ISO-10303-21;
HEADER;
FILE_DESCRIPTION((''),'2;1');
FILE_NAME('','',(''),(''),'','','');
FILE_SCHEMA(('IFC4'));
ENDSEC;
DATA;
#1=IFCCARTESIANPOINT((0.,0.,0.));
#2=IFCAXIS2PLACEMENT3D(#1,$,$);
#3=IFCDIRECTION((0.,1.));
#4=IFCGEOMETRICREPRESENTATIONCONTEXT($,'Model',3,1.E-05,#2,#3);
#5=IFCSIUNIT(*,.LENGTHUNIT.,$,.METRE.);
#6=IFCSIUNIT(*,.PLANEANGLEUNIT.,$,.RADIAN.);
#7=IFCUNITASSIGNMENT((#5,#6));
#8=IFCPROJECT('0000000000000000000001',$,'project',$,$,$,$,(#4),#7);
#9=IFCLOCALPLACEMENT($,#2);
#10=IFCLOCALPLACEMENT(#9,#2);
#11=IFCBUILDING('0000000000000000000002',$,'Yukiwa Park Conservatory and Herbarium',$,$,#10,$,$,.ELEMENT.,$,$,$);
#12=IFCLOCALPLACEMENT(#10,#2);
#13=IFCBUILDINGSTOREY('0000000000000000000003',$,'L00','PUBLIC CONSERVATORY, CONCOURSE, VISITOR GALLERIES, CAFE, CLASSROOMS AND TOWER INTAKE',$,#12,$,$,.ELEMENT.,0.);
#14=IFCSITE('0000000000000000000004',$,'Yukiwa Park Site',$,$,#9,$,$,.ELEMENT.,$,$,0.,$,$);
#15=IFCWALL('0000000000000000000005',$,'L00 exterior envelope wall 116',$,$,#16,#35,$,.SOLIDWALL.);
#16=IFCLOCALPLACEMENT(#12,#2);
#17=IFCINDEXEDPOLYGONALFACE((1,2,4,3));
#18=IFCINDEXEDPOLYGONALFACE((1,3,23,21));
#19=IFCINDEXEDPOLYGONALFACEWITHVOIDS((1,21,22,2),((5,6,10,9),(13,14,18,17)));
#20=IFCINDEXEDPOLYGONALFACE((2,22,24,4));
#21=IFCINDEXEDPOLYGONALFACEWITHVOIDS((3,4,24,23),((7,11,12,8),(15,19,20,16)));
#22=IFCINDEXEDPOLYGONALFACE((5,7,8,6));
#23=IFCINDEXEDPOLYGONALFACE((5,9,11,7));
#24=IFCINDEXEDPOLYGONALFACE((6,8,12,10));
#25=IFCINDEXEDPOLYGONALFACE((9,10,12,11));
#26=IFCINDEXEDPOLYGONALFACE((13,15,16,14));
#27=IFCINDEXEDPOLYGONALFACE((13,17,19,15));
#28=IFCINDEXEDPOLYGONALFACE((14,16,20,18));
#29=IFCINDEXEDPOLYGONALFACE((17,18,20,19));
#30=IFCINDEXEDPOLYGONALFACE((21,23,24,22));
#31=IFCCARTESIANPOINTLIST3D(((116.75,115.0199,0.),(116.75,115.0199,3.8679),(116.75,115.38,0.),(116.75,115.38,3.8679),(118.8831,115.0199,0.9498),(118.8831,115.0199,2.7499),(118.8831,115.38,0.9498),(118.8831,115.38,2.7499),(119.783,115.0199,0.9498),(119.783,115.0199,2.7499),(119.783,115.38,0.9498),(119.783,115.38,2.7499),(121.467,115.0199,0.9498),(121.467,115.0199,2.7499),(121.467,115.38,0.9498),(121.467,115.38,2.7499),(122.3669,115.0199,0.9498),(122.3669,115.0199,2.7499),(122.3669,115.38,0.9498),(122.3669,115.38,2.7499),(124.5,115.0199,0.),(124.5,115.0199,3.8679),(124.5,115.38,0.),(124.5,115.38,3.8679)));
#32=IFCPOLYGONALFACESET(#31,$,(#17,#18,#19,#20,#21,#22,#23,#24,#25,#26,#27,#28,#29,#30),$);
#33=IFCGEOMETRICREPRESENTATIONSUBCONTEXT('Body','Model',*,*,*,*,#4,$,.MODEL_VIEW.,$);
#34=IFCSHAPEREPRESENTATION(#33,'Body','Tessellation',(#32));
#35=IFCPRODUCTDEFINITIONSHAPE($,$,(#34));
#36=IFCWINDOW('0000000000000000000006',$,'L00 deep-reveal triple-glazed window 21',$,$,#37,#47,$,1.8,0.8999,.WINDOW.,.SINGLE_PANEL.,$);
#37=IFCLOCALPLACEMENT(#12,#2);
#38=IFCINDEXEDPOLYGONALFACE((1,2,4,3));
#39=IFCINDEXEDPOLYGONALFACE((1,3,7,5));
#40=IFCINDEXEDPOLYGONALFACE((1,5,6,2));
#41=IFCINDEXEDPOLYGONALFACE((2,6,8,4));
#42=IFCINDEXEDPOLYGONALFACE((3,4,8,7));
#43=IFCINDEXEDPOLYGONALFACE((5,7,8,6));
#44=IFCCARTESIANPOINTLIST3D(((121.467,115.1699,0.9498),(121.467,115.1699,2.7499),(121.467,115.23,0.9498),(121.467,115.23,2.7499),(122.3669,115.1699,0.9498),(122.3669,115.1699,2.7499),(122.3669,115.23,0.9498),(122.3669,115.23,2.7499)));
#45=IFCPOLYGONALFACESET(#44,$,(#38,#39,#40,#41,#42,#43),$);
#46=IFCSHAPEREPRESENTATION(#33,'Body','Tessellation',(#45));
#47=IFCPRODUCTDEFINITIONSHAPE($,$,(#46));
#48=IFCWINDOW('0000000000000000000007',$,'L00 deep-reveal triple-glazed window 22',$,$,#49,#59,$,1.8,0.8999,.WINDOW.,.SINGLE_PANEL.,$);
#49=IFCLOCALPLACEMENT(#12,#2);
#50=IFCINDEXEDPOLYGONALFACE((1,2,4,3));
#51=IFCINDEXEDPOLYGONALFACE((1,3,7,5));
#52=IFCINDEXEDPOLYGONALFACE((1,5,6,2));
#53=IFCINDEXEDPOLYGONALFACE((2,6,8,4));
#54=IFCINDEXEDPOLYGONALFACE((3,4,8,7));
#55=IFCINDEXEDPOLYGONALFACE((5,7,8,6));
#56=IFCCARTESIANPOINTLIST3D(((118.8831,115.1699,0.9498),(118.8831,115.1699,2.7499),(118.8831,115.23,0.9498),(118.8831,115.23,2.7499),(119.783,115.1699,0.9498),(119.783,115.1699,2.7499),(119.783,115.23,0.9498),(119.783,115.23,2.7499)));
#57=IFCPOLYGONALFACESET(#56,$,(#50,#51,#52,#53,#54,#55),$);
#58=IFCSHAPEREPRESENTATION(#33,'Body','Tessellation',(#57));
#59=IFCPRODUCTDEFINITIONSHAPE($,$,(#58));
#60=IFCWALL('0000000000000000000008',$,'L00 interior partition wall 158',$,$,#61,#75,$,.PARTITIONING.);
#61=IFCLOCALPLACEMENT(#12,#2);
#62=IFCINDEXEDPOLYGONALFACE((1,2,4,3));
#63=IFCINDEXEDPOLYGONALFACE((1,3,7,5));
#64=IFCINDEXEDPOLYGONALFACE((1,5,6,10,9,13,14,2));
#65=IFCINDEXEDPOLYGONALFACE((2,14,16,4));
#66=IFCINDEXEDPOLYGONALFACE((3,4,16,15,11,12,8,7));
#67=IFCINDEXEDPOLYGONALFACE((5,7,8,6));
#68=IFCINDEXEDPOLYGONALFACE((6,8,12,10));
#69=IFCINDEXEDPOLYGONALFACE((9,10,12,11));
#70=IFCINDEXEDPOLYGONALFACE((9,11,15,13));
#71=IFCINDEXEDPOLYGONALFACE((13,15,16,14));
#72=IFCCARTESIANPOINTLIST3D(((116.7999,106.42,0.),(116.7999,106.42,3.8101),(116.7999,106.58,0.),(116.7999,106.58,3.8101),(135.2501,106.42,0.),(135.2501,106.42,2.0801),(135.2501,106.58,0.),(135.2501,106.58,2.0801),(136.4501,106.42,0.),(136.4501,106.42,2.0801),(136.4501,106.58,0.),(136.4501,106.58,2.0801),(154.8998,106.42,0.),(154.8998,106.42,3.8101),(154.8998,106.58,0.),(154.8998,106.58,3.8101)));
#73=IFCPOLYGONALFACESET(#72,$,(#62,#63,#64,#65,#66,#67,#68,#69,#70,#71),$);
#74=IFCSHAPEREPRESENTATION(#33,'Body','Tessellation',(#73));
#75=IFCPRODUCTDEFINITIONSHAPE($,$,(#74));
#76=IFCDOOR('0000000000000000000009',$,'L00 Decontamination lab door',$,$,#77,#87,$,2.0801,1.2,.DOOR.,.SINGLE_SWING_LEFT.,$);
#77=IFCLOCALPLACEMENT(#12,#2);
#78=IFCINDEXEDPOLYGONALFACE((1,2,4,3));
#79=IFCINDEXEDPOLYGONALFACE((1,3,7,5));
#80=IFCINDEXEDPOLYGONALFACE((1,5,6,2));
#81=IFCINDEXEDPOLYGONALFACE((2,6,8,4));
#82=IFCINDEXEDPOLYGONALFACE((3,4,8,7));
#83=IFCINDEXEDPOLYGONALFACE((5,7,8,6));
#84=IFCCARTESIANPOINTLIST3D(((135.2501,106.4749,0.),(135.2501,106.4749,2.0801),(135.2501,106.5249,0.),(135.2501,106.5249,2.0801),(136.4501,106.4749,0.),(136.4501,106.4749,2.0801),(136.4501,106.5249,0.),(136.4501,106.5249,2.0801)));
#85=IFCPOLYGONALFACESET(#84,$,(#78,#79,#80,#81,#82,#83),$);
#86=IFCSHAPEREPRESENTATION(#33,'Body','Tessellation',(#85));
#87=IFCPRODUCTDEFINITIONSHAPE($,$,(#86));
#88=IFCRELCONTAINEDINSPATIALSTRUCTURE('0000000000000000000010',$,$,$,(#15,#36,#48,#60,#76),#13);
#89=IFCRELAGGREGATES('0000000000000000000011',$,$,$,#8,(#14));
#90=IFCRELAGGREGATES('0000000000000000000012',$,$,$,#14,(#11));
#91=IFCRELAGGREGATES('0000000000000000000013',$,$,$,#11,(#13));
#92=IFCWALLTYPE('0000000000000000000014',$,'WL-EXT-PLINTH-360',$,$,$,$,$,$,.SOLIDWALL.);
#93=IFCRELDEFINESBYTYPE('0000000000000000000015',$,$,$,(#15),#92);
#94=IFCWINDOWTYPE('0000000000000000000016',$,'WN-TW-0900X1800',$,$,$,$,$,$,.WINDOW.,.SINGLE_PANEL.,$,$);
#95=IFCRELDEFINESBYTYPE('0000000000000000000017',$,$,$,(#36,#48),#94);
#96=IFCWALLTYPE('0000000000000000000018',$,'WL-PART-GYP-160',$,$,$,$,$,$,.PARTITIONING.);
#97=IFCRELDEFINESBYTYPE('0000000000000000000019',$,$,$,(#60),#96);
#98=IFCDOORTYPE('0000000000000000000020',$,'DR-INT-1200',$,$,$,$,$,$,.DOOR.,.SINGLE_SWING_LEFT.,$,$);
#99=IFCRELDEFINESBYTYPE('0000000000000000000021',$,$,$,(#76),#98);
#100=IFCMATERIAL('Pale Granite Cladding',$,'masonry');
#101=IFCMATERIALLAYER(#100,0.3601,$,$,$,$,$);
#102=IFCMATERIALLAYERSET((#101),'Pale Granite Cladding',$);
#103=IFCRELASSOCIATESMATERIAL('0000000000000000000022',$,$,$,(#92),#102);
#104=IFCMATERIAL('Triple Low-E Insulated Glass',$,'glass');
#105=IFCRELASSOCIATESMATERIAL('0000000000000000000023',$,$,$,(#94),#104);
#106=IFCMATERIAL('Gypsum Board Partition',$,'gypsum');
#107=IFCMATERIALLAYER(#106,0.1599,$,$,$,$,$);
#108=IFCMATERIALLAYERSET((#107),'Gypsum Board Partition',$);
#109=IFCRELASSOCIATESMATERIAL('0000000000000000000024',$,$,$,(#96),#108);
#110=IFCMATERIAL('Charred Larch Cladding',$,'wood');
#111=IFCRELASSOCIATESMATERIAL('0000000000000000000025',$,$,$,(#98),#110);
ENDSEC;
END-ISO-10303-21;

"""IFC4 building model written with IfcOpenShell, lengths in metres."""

from ifc_helpers import new_model, si_unit, direction, frame, frame_2d, origin, place, context, subcontext, project, spatial, rectangle, extrude, material, layer, layer_set, type_object, element, fill, save


model = new_model("IFC4")

# Units and contexts
model_context = context("Model", 3, precision=1e-05, world=origin(), true_north=direction((0.0, 1.0)))
body_context = subcontext(model_context, "Body", "Model", "MODEL_VIEW")
ifc_project = project(units=[si_unit("LENGTHUNIT", "METRE"), si_unit("PLANEANGLEUNIT", "RADIAN")], contexts=[model_context])

# Site, building, storey
site_placement = place(None, origin())
site = spatial("IfcSite", under=ifc_project, at=site_placement, Name="Yukiwa Park Site", CompositionType="ELEMENT", RefElevation=0.0)
building_placement = place(site_placement, origin())
building = spatial("IfcBuilding", under=site, at=building_placement, Name="Yukiwa Park Conservatory and Herbarium", CompositionType="ELEMENT")
storey_placement = place(building_placement, origin())
storey = spatial("IfcBuildingStorey", under=building, at=storey_placement, Name="L00", Description="PUBLIC CONSERVATORY, CONCOURSE, VISITOR GALLERIES, CAFE, CLASSROOMS AND TOWER INTAKE", CompositionType="ELEMENT", Elevation=0.0)

# Wall, openings, windows
ifc_material_1 = material(Name="Pale Granite Cladding", Category="masonry")
ifc_layer_1 = layer(ifc_material_1, 0.3601)
ifc_layer_set_1 = layer_set([ifc_layer_1], Name="Pale Granite Cladding")
wall_type_1 = type_object("IfcWallType", Name="WL-EXT-PLINTH-360", PredefinedType="SOLIDWALL", material=ifc_layer_set_1)
wall_1_placement = place(storey_placement, frame((124.5, 115.2, 0.0), z_axis=(0.0, 0.0, 1.0), x_axis=(-1.0, 0.0, 0.0)))
wall_1 = element("IfcWall", 1, at=wall_1_placement, inside=storey, type_object=wall_type_1, Name="L00 exterior envelope wall 116", PredefinedType="SOLIDWALL", context=body_context, shape_type="SweptSolid", body=[
    extrude(rectangle(XDim=7.75, YDim=0.3601, at=frame_2d((3.875, 0.0))), origin(), (0.0, 0.0, 1.0), 3.8679),
])
opening_1_placement = place(wall_1_placement, frame((2.1331, 0.0, 0.95)))
opening_1 = element("IfcOpeningElement", 2, at=opening_1_placement, cuts=wall_1, PredefinedType="OPENING", context=body_context, shape_type="SweptSolid", body=[
    extrude(rectangle(XDim=0.8999, YDim=1.8, at=frame_2d((0.45, 0.8999))), frame((0.0, 0.1899, 0.0), z_axis=(0.0, -1.0, 0.0), x_axis=(1.0, 0.0, 0.0)), (0.0, 0.0, 1.0), 0.3801),
])
opening_2_placement = place(wall_1_placement, frame((4.717, 0.0, 0.95)))
opening_2 = element("IfcOpeningElement", 3, at=opening_2_placement, cuts=wall_1, PredefinedType="OPENING", context=body_context, shape_type="SweptSolid", body=[
    extrude(rectangle(XDim=0.8999, YDim=1.8, at=frame_2d((0.45, 0.8999))), frame((0.0, 0.1899, 0.0), z_axis=(0.0, -1.0, 0.0), x_axis=(1.0, 0.0, 0.0)), (0.0, 0.0, 1.0), 0.3801),
])
ifc_material_2 = material(Name="Triple Low-E Insulated Glass", Category="glass")
window_type_1 = type_object("IfcWindowType", Name="WN-TW-0900X1800", PartitioningType="SINGLE_PANEL", PredefinedType="WINDOW", material=ifc_material_2)
window_1_placement = place(opening_1_placement, origin())
window_1 = element("IfcWindow", 4, at=window_1_placement, inside=storey, type_object=window_type_1, Name="L00 deep-reveal triple-glazed window 21", OverallHeight=1.8, OverallWidth=0.8999, PartitioningType="SINGLE_PANEL", PredefinedType="WINDOW", context=body_context, shape_type="SweptSolid", body=[
    extrude(rectangle(XDim=0.8999, YDim=1.8, at=frame_2d((0.45, 0.8999))), frame((0.0, 0.03, 0.0), z_axis=(0.0, -1.0, 0.0), x_axis=(1.0, 0.0, 0.0)), (0.0, 0.0, 1.0), 0.0601),
])
fill(opening_1, window_1)
window_2_placement = place(opening_2_placement, origin())
window_2 = element("IfcWindow", 5, at=window_2_placement, inside=storey, type_object=window_type_1, Name="L00 deep-reveal triple-glazed window 22", OverallHeight=1.8, OverallWidth=0.8999, PartitioningType="SINGLE_PANEL", PredefinedType="WINDOW", context=body_context, shape_type="SweptSolid", body=[
    extrude(rectangle(XDim=0.8999, YDim=1.8, at=frame_2d((0.45, 0.8999))), frame((0.0, 0.03, 0.0), z_axis=(0.0, -1.0, 0.0), x_axis=(1.0, 0.0, 0.0)), (0.0, 0.0, 1.0), 0.0601),
])
fill(opening_2, window_2)

# Wall, opening, door
ifc_material_3 = material(Name="Gypsum Board Partition", Category="gypsum")
ifc_layer_2 = layer(ifc_material_3, 0.1599)
ifc_layer_set_2 = layer_set([ifc_layer_2], Name="Gypsum Board Partition")
wall_type_2 = type_object("IfcWallType", Name="WL-PART-GYP-160", PredefinedType="PARTITIONING", material=ifc_layer_set_2)
wall_2_placement = place(storey_placement, frame((116.8, 106.5, 0.0), z_axis=(0.0, 0.0, 1.0), x_axis=(1.0, 0.0, 0.0)))
wall_2 = element("IfcWall", 6, at=wall_2_placement, inside=storey, type_object=wall_type_2, Name="L00 interior partition wall 158", PredefinedType="PARTITIONING", context=body_context, shape_type="SweptSolid", body=[
    extrude(rectangle(XDim=38.0999, YDim=0.1599, at=frame_2d((19.0498, 0.0))), origin(), (0.0, 0.0, 1.0), 3.8101),
])
opening_3_placement = place(wall_2_placement, frame((18.45, 0.0, 0.0)))
opening_3 = element("IfcOpeningElement", 7, at=opening_3_placement, cuts=wall_2, PredefinedType="OPENING", context=body_context, shape_type="SweptSolid", body=[
    extrude(rectangle(XDim=1.2, YDim=2.0801, at=frame_2d((0.6001, 1.04))), frame((0.0, 0.0898, 0.0), z_axis=(0.0, -1.0, 0.0), x_axis=(1.0, 0.0, 0.0)), (0.0, 0.0, 1.0), 0.1799),
])
ifc_material_4 = material(Name="Charred Larch Cladding", Category="wood")
door_type = type_object("IfcDoorType", Name="DR-INT-1200", OperationType="SINGLE_SWING_LEFT", PredefinedType="DOOR", material=ifc_material_4)
door_placement = place(opening_3_placement, origin())
door = element("IfcDoor", 8, at=door_placement, inside=storey, type_object=door_type, Name="L00 Decontamination lab door", OperationType="SINGLE_SWING_LEFT", OverallHeight=2.0801, OverallWidth=1.2, PredefinedType="DOOR", context=body_context, shape_type="SweptSolid", body=[
    extrude(rectangle(XDim=1.2, YDim=2.0801, at=frame_2d((0.6001, 1.04))), frame((0.0, 0.0249, 0.0), z_axis=(0.0, -1.0, 0.0), x_axis=(1.0, 0.0, 0.0)), (0.0, 0.0, 1.0), 0.05),
])
fill(opening_3, door)

save(model, "model.ifc")
